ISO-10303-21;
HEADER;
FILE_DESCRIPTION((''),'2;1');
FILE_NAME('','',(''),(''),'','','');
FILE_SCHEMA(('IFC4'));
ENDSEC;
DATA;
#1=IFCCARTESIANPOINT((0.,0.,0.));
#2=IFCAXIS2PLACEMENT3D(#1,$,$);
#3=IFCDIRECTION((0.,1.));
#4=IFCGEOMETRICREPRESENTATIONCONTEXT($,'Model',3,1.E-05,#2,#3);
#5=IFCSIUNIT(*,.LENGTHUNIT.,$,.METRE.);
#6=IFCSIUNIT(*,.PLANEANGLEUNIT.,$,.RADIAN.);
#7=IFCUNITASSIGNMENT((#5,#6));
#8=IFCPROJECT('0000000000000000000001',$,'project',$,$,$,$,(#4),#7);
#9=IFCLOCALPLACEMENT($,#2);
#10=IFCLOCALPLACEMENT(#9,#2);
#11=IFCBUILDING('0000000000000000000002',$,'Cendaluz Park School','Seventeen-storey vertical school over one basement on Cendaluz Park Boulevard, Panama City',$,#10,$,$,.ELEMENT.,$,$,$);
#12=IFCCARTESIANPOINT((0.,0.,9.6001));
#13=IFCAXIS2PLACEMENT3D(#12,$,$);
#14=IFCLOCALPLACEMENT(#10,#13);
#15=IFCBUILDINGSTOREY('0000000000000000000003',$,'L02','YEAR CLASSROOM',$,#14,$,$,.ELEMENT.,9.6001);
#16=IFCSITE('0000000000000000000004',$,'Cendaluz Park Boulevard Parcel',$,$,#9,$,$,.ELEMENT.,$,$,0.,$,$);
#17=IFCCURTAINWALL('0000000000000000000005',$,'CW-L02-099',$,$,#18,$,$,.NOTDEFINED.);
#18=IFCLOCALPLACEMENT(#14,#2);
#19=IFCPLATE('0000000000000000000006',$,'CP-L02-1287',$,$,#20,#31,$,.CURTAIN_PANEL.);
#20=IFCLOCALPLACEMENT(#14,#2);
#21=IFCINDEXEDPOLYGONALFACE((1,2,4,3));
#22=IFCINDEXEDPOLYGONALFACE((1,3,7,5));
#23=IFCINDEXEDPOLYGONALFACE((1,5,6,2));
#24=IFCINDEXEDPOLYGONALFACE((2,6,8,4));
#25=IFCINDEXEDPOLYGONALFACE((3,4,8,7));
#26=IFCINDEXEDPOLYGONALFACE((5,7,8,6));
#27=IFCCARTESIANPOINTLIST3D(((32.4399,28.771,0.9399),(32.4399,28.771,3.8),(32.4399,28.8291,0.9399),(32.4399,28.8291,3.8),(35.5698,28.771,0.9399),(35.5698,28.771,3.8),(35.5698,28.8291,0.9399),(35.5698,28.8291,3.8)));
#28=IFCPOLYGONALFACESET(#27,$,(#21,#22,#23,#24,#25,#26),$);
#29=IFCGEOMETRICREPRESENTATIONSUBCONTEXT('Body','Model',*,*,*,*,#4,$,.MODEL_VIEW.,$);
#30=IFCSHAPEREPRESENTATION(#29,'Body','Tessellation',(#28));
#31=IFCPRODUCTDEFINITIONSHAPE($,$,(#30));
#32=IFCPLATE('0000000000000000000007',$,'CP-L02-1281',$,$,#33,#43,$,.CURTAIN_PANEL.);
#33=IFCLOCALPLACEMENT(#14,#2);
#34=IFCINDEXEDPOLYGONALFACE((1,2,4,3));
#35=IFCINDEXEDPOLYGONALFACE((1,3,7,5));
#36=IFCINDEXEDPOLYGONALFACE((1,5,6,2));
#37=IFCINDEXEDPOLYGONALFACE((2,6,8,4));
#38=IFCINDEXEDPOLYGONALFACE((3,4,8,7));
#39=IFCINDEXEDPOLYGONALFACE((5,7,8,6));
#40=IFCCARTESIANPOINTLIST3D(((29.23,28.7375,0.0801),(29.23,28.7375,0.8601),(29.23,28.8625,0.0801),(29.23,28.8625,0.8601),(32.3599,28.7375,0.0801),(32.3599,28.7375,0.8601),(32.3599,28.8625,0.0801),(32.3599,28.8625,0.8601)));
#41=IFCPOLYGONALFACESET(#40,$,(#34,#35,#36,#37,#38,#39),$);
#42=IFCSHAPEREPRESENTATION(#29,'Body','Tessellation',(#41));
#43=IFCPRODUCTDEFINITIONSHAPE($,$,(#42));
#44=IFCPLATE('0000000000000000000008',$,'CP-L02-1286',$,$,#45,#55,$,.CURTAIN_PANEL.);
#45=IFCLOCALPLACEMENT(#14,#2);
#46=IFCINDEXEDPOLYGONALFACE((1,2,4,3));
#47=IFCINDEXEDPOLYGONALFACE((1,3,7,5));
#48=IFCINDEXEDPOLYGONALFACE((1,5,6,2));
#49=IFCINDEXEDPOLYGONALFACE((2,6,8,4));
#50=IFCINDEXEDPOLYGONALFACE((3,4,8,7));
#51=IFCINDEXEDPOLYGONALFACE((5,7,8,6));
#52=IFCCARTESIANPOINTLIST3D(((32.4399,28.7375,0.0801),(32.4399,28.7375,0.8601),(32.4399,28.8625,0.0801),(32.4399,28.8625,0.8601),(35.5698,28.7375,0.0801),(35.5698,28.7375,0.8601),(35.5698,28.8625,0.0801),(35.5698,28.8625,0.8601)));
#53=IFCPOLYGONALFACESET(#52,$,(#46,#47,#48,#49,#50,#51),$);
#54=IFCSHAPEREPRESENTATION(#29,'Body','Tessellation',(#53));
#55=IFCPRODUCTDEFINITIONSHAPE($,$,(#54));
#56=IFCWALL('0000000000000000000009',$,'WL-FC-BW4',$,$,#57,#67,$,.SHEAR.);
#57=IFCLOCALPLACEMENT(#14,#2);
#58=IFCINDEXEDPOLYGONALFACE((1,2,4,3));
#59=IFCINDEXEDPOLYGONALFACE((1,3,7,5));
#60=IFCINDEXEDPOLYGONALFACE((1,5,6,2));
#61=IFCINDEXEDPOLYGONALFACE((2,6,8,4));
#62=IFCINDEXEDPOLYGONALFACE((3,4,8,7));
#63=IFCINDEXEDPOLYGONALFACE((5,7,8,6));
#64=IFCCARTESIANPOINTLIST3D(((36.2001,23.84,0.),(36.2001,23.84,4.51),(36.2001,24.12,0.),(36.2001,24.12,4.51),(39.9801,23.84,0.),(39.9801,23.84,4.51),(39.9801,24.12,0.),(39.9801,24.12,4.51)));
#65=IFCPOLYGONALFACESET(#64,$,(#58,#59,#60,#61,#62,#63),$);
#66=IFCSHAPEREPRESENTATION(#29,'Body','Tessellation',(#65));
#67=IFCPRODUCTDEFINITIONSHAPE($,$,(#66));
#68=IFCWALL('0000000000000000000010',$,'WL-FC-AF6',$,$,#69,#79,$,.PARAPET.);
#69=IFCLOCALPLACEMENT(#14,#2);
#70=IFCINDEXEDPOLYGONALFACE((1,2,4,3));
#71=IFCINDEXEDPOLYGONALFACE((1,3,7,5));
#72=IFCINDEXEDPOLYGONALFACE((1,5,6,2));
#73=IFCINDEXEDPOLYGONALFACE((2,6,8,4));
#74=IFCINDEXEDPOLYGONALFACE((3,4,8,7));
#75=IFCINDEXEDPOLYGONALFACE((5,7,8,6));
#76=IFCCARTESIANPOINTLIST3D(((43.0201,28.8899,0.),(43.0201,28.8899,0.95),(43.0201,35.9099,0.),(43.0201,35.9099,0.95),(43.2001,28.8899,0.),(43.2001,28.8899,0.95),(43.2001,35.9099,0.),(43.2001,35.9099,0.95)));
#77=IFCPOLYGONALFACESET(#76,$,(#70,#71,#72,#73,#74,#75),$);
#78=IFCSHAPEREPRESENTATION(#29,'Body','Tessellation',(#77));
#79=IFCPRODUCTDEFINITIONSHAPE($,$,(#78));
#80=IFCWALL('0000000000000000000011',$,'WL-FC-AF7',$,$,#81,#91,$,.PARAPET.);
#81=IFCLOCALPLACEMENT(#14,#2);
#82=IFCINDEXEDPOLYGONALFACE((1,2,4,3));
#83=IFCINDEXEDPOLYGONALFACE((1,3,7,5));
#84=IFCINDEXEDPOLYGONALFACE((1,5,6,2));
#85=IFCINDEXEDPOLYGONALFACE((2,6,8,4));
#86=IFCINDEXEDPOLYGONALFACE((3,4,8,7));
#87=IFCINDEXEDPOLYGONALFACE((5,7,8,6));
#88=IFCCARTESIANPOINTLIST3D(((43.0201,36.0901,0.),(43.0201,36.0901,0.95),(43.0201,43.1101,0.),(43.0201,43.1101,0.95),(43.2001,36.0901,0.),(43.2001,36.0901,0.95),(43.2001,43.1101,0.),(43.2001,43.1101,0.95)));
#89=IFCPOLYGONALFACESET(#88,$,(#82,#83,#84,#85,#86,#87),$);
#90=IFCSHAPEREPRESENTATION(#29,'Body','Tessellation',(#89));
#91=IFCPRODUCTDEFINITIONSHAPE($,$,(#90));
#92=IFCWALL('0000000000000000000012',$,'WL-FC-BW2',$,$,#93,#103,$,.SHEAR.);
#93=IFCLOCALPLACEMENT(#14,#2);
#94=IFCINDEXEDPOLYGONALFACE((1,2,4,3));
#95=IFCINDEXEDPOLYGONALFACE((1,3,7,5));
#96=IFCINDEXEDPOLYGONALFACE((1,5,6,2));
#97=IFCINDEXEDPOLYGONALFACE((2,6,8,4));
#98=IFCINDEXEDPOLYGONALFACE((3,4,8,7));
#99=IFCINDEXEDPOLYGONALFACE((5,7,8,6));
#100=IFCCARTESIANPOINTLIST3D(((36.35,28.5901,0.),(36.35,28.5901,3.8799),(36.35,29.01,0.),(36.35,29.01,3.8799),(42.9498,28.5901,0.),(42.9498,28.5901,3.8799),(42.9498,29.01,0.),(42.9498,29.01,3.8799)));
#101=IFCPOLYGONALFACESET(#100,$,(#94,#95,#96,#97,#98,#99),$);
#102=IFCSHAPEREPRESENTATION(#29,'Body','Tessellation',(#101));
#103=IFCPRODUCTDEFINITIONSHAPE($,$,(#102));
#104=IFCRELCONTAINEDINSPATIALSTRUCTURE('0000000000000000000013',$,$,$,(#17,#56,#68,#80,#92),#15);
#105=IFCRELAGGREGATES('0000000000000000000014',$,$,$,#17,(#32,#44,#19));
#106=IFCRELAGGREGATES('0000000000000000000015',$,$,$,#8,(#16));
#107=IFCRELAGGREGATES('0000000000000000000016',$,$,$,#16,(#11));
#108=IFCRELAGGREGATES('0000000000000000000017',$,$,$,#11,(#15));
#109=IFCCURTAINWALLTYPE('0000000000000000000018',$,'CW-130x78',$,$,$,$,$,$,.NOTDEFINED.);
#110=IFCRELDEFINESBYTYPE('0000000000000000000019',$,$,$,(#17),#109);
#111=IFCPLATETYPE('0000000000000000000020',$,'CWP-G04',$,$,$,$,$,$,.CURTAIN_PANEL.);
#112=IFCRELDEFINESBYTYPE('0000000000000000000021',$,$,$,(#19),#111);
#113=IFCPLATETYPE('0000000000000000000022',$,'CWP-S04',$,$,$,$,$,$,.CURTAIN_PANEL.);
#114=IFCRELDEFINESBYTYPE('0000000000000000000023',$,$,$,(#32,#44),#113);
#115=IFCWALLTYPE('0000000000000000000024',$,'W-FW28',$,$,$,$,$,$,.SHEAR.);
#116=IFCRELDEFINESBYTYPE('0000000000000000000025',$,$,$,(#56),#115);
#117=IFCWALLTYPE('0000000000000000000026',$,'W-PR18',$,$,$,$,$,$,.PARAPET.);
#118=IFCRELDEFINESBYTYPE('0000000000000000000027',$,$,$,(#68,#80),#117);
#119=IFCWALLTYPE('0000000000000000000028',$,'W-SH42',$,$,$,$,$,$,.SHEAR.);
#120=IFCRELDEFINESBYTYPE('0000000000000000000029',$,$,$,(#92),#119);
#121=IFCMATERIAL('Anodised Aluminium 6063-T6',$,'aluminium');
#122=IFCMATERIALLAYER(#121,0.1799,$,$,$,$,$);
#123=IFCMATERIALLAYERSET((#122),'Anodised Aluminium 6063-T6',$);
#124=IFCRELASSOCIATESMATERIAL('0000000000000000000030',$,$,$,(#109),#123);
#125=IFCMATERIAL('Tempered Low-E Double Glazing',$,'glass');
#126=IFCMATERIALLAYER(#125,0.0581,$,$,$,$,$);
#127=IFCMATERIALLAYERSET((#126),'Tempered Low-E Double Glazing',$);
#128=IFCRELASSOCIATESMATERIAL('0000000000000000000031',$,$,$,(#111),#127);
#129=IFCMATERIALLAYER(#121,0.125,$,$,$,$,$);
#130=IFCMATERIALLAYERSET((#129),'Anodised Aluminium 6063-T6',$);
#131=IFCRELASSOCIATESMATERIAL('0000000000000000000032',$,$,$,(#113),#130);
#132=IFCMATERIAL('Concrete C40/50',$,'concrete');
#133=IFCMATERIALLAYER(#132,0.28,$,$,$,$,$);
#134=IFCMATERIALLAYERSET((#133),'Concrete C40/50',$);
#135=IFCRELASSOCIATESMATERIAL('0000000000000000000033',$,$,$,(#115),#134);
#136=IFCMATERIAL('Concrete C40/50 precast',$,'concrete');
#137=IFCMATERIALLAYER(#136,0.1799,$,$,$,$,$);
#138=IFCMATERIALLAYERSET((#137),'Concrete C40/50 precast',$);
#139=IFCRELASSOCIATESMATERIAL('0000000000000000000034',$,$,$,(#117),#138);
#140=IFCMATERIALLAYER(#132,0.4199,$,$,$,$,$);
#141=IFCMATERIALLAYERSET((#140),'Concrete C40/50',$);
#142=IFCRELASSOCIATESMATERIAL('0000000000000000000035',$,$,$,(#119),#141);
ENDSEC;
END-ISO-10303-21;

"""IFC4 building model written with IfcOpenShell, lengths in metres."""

from ifc_helpers import new_model, si_unit, direction, frame, frame_2d, origin, origin_2d, place, context, subcontext, project, spatial, rectangle, extrude, material, layer, layer_set, type_object, element, aggregate, save


model = new_model("IFC4")

# Units and contexts
model_context = context("Model", 3, precision=1e-05, world=origin(), true_north=direction((0.0, 1.0)))
body_context = subcontext(model_context, "Body", "Model", "MODEL_VIEW")
ifc_project = project(units=[si_unit("LENGTHUNIT", "METRE"), si_unit("PLANEANGLEUNIT", "RADIAN")], contexts=[model_context])

# Site, building, storey
site_placement = place(None, origin())
site = spatial("IfcSite", under=ifc_project, at=site_placement, Name="Cendaluz Park Boulevard Parcel", CompositionType="ELEMENT", RefElevation=0.0)
building_placement = place(site_placement, origin())
building = spatial("IfcBuilding", under=site, at=building_placement, Name="Cendaluz Park School", Description="Seventeen-storey vertical school over one basement on Cendaluz Park Boulevard, Panama City", CompositionType="ELEMENT")
storey_placement = place(building_placement, frame((0.0, 0.0, 9.6001)))
storey = spatial("IfcBuildingStorey", under=building, at=storey_placement, Name="L02", Description="YEAR CLASSROOM", CompositionType="ELEMENT", Elevation=9.6001)

# Shared definitions
ifc_material_1 = material(Name="Concrete C40/50", Category="concrete")

# Curtain wall
ifc_material_2 = material(Name="Anodised Aluminium 6063-T6", Category="aluminium")
ifc_layer_1 = layer(ifc_material_2, 0.1799)
ifc_layer_set_1 = layer_set([ifc_layer_1], Name="Anodised Aluminium 6063-T6")
curtain_wall_type_1 = type_object("IfcCurtainWallType", Name="CW-130x78", PredefinedType="NOTDEFINED", material=ifc_layer_set_1)
curtain_wall_1_placement = place(storey_placement, origin())
curtain_wall_1 = element("IfcCurtainWall", 1, at=curtain_wall_1_placement, inside=storey, type_object=curtain_wall_type_1, Name="CW-L02-099", PredefinedType="NOTDEFINED")

# Plates
ifc_material_3 = material(Name="Tempered Low-E Double Glazing", Category="glass")
ifc_layer_2 = layer(ifc_material_3, 0.0581)
ifc_layer_set_2 = layer_set([ifc_layer_2], Name="Tempered Low-E Double Glazing")
plate_type_1 = type_object("IfcPlateType", Name="CWP-G04", PredefinedType="CURTAIN_PANEL", material=ifc_layer_set_2)
plate_1_placement = place(storey_placement, frame((34.0049, 28.8, 0.9399), z_axis=(0.0, 0.0, 1.0), x_axis=(1.0, 0.0, 0.0)))
plate_1 = element("IfcPlate", 2, at=plate_1_placement, type_object=plate_type_1, Name="CP-L02-1287", PredefinedType="CURTAIN_PANEL", context=body_context, shape_type="SweptSolid", body=[
    extrude(rectangle(XDim=3.1299, YDim=0.0581, at=origin_2d()), origin(), (0.0, 0.0, 1.0), 2.8601),
])
ifc_layer_3 = layer(ifc_material_2, 0.125)
ifc_layer_set_3 = layer_set([ifc_layer_3], Name="Anodised Aluminium 6063-T6")
plate_type_2 = type_object("IfcPlateType", Name="CWP-S04", PredefinedType="CURTAIN_PANEL", material=ifc_layer_set_3)
plate_2_placement = place(storey_placement, frame((30.7949, 28.8, 0.0801), z_axis=(0.0, 0.0, 1.0), x_axis=(1.0, 0.0, 0.0)))
plate_2 = element("IfcPlate", 3, at=plate_2_placement, type_object=plate_type_2, Name="CP-L02-1281", PredefinedType="CURTAIN_PANEL", context=body_context, shape_type="SweptSolid", body=[
    extrude(rectangle(XDim=3.1299, YDim=0.125, at=origin_2d()), origin(), (0.0, 0.0, 1.0), 0.78),
])
plate_3_placement = place(storey_placement, frame((34.0049, 28.8, 0.0801), z_axis=(0.0, 0.0, 1.0), x_axis=(1.0, 0.0, 0.0)))
plate_3 = element("IfcPlate", 4, at=plate_3_placement, type_object=plate_type_2, Name="CP-L02-1286", PredefinedType="CURTAIN_PANEL", context=body_context, shape_type="SweptSolid", body=[
    extrude(rectangle(XDim=3.1299, YDim=0.125, at=origin_2d()), origin(), (0.0, 0.0, 1.0), 0.78),
])
aggregate(curtain_wall_1, [plate_2, plate_3, plate_1])

# Wall
ifc_layer_4 = layer(ifc_material_1, 0.28)
ifc_layer_set_4 = layer_set([ifc_layer_4], Name="Concrete C40/50")
wall_type_1 = type_object("IfcWallType", Name="W-FW28", PredefinedType="SHEAR", material=ifc_layer_set_4)
wall_1_placement = place(storey_placement, frame((36.2, 23.98, 0.0), z_axis=(0.0, 0.0, 1.0), x_axis=(1.0, 0.0, 0.0)))
element("IfcWall", 5, at=wall_1_placement, inside=storey, type_object=wall_type_1, Name="WL-FC-BW4", PredefinedType="SHEAR", context=body_context, shape_type="SweptSolid", body=[
    extrude(rectangle(XDim=3.78, YDim=0.28, at=frame_2d((1.8901, 0.0))), origin(), (0.0, 0.0, 1.0), 4.51),
])

# Walls
ifc_material_4 = material(Name="Concrete C40/50 precast", Category="concrete")
ifc_layer_5 = layer(ifc_material_4, 0.1799)
ifc_layer_set_5 = layer_set([ifc_layer_5], Name="Concrete C40/50 precast")
wall_type_2 = type_object("IfcWallType", Name="W-PR18", PredefinedType="PARAPET", material=ifc_layer_set_5)
for number, where, z_axis, x_axis, name in (
    (6, (43.1101, 28.8899, 0.0), (0.0, 0.0, 1.0), (0.0, 1.0, 0.0), "WL-FC-AF6"),
    (7, (43.1101, 36.0901, 0.0), (0.0, 0.0, 1.0), (0.0, 1.0, 0.0), "WL-FC-AF7"),
):
    element("IfcWall", number, at=place(storey_placement, frame(where, z_axis=z_axis, x_axis=x_axis)), inside=storey, type_object=wall_type_2, Name=name, PredefinedType="PARAPET", context=body_context, shape_type="SweptSolid", body=[
        extrude(rectangle(XDim=7.02, YDim=0.1799, at=frame_2d((3.51, 0.0))), origin(), (0.0, 0.0, 1.0), 0.95),
    ])
ifc_layer_6 = layer(ifc_material_1, 0.4199)
ifc_layer_set_6 = layer_set([ifc_layer_6], Name="Concrete C40/50")
wall_type_3 = type_object("IfcWallType", Name="W-SH42", PredefinedType="SHEAR", material=ifc_layer_set_6)
wall_2_placement = place(storey_placement, frame((36.3501, 28.8, 0.0), z_axis=(0.0, 0.0, 1.0), x_axis=(1.0, 0.0, 0.0)))
element("IfcWall", 8, at=wall_2_placement, inside=storey, type_object=wall_type_3, Name="WL-FC-BW2", PredefinedType="SHEAR", context=body_context, shape_type="SweptSolid", body=[
    extrude(rectangle(XDim=6.5999, YDim=0.4199, at=frame_2d((3.2998, 0.0))), origin(), (0.0, 0.0, 1.0), 3.8799),
])

save(model, "model.ifc")
